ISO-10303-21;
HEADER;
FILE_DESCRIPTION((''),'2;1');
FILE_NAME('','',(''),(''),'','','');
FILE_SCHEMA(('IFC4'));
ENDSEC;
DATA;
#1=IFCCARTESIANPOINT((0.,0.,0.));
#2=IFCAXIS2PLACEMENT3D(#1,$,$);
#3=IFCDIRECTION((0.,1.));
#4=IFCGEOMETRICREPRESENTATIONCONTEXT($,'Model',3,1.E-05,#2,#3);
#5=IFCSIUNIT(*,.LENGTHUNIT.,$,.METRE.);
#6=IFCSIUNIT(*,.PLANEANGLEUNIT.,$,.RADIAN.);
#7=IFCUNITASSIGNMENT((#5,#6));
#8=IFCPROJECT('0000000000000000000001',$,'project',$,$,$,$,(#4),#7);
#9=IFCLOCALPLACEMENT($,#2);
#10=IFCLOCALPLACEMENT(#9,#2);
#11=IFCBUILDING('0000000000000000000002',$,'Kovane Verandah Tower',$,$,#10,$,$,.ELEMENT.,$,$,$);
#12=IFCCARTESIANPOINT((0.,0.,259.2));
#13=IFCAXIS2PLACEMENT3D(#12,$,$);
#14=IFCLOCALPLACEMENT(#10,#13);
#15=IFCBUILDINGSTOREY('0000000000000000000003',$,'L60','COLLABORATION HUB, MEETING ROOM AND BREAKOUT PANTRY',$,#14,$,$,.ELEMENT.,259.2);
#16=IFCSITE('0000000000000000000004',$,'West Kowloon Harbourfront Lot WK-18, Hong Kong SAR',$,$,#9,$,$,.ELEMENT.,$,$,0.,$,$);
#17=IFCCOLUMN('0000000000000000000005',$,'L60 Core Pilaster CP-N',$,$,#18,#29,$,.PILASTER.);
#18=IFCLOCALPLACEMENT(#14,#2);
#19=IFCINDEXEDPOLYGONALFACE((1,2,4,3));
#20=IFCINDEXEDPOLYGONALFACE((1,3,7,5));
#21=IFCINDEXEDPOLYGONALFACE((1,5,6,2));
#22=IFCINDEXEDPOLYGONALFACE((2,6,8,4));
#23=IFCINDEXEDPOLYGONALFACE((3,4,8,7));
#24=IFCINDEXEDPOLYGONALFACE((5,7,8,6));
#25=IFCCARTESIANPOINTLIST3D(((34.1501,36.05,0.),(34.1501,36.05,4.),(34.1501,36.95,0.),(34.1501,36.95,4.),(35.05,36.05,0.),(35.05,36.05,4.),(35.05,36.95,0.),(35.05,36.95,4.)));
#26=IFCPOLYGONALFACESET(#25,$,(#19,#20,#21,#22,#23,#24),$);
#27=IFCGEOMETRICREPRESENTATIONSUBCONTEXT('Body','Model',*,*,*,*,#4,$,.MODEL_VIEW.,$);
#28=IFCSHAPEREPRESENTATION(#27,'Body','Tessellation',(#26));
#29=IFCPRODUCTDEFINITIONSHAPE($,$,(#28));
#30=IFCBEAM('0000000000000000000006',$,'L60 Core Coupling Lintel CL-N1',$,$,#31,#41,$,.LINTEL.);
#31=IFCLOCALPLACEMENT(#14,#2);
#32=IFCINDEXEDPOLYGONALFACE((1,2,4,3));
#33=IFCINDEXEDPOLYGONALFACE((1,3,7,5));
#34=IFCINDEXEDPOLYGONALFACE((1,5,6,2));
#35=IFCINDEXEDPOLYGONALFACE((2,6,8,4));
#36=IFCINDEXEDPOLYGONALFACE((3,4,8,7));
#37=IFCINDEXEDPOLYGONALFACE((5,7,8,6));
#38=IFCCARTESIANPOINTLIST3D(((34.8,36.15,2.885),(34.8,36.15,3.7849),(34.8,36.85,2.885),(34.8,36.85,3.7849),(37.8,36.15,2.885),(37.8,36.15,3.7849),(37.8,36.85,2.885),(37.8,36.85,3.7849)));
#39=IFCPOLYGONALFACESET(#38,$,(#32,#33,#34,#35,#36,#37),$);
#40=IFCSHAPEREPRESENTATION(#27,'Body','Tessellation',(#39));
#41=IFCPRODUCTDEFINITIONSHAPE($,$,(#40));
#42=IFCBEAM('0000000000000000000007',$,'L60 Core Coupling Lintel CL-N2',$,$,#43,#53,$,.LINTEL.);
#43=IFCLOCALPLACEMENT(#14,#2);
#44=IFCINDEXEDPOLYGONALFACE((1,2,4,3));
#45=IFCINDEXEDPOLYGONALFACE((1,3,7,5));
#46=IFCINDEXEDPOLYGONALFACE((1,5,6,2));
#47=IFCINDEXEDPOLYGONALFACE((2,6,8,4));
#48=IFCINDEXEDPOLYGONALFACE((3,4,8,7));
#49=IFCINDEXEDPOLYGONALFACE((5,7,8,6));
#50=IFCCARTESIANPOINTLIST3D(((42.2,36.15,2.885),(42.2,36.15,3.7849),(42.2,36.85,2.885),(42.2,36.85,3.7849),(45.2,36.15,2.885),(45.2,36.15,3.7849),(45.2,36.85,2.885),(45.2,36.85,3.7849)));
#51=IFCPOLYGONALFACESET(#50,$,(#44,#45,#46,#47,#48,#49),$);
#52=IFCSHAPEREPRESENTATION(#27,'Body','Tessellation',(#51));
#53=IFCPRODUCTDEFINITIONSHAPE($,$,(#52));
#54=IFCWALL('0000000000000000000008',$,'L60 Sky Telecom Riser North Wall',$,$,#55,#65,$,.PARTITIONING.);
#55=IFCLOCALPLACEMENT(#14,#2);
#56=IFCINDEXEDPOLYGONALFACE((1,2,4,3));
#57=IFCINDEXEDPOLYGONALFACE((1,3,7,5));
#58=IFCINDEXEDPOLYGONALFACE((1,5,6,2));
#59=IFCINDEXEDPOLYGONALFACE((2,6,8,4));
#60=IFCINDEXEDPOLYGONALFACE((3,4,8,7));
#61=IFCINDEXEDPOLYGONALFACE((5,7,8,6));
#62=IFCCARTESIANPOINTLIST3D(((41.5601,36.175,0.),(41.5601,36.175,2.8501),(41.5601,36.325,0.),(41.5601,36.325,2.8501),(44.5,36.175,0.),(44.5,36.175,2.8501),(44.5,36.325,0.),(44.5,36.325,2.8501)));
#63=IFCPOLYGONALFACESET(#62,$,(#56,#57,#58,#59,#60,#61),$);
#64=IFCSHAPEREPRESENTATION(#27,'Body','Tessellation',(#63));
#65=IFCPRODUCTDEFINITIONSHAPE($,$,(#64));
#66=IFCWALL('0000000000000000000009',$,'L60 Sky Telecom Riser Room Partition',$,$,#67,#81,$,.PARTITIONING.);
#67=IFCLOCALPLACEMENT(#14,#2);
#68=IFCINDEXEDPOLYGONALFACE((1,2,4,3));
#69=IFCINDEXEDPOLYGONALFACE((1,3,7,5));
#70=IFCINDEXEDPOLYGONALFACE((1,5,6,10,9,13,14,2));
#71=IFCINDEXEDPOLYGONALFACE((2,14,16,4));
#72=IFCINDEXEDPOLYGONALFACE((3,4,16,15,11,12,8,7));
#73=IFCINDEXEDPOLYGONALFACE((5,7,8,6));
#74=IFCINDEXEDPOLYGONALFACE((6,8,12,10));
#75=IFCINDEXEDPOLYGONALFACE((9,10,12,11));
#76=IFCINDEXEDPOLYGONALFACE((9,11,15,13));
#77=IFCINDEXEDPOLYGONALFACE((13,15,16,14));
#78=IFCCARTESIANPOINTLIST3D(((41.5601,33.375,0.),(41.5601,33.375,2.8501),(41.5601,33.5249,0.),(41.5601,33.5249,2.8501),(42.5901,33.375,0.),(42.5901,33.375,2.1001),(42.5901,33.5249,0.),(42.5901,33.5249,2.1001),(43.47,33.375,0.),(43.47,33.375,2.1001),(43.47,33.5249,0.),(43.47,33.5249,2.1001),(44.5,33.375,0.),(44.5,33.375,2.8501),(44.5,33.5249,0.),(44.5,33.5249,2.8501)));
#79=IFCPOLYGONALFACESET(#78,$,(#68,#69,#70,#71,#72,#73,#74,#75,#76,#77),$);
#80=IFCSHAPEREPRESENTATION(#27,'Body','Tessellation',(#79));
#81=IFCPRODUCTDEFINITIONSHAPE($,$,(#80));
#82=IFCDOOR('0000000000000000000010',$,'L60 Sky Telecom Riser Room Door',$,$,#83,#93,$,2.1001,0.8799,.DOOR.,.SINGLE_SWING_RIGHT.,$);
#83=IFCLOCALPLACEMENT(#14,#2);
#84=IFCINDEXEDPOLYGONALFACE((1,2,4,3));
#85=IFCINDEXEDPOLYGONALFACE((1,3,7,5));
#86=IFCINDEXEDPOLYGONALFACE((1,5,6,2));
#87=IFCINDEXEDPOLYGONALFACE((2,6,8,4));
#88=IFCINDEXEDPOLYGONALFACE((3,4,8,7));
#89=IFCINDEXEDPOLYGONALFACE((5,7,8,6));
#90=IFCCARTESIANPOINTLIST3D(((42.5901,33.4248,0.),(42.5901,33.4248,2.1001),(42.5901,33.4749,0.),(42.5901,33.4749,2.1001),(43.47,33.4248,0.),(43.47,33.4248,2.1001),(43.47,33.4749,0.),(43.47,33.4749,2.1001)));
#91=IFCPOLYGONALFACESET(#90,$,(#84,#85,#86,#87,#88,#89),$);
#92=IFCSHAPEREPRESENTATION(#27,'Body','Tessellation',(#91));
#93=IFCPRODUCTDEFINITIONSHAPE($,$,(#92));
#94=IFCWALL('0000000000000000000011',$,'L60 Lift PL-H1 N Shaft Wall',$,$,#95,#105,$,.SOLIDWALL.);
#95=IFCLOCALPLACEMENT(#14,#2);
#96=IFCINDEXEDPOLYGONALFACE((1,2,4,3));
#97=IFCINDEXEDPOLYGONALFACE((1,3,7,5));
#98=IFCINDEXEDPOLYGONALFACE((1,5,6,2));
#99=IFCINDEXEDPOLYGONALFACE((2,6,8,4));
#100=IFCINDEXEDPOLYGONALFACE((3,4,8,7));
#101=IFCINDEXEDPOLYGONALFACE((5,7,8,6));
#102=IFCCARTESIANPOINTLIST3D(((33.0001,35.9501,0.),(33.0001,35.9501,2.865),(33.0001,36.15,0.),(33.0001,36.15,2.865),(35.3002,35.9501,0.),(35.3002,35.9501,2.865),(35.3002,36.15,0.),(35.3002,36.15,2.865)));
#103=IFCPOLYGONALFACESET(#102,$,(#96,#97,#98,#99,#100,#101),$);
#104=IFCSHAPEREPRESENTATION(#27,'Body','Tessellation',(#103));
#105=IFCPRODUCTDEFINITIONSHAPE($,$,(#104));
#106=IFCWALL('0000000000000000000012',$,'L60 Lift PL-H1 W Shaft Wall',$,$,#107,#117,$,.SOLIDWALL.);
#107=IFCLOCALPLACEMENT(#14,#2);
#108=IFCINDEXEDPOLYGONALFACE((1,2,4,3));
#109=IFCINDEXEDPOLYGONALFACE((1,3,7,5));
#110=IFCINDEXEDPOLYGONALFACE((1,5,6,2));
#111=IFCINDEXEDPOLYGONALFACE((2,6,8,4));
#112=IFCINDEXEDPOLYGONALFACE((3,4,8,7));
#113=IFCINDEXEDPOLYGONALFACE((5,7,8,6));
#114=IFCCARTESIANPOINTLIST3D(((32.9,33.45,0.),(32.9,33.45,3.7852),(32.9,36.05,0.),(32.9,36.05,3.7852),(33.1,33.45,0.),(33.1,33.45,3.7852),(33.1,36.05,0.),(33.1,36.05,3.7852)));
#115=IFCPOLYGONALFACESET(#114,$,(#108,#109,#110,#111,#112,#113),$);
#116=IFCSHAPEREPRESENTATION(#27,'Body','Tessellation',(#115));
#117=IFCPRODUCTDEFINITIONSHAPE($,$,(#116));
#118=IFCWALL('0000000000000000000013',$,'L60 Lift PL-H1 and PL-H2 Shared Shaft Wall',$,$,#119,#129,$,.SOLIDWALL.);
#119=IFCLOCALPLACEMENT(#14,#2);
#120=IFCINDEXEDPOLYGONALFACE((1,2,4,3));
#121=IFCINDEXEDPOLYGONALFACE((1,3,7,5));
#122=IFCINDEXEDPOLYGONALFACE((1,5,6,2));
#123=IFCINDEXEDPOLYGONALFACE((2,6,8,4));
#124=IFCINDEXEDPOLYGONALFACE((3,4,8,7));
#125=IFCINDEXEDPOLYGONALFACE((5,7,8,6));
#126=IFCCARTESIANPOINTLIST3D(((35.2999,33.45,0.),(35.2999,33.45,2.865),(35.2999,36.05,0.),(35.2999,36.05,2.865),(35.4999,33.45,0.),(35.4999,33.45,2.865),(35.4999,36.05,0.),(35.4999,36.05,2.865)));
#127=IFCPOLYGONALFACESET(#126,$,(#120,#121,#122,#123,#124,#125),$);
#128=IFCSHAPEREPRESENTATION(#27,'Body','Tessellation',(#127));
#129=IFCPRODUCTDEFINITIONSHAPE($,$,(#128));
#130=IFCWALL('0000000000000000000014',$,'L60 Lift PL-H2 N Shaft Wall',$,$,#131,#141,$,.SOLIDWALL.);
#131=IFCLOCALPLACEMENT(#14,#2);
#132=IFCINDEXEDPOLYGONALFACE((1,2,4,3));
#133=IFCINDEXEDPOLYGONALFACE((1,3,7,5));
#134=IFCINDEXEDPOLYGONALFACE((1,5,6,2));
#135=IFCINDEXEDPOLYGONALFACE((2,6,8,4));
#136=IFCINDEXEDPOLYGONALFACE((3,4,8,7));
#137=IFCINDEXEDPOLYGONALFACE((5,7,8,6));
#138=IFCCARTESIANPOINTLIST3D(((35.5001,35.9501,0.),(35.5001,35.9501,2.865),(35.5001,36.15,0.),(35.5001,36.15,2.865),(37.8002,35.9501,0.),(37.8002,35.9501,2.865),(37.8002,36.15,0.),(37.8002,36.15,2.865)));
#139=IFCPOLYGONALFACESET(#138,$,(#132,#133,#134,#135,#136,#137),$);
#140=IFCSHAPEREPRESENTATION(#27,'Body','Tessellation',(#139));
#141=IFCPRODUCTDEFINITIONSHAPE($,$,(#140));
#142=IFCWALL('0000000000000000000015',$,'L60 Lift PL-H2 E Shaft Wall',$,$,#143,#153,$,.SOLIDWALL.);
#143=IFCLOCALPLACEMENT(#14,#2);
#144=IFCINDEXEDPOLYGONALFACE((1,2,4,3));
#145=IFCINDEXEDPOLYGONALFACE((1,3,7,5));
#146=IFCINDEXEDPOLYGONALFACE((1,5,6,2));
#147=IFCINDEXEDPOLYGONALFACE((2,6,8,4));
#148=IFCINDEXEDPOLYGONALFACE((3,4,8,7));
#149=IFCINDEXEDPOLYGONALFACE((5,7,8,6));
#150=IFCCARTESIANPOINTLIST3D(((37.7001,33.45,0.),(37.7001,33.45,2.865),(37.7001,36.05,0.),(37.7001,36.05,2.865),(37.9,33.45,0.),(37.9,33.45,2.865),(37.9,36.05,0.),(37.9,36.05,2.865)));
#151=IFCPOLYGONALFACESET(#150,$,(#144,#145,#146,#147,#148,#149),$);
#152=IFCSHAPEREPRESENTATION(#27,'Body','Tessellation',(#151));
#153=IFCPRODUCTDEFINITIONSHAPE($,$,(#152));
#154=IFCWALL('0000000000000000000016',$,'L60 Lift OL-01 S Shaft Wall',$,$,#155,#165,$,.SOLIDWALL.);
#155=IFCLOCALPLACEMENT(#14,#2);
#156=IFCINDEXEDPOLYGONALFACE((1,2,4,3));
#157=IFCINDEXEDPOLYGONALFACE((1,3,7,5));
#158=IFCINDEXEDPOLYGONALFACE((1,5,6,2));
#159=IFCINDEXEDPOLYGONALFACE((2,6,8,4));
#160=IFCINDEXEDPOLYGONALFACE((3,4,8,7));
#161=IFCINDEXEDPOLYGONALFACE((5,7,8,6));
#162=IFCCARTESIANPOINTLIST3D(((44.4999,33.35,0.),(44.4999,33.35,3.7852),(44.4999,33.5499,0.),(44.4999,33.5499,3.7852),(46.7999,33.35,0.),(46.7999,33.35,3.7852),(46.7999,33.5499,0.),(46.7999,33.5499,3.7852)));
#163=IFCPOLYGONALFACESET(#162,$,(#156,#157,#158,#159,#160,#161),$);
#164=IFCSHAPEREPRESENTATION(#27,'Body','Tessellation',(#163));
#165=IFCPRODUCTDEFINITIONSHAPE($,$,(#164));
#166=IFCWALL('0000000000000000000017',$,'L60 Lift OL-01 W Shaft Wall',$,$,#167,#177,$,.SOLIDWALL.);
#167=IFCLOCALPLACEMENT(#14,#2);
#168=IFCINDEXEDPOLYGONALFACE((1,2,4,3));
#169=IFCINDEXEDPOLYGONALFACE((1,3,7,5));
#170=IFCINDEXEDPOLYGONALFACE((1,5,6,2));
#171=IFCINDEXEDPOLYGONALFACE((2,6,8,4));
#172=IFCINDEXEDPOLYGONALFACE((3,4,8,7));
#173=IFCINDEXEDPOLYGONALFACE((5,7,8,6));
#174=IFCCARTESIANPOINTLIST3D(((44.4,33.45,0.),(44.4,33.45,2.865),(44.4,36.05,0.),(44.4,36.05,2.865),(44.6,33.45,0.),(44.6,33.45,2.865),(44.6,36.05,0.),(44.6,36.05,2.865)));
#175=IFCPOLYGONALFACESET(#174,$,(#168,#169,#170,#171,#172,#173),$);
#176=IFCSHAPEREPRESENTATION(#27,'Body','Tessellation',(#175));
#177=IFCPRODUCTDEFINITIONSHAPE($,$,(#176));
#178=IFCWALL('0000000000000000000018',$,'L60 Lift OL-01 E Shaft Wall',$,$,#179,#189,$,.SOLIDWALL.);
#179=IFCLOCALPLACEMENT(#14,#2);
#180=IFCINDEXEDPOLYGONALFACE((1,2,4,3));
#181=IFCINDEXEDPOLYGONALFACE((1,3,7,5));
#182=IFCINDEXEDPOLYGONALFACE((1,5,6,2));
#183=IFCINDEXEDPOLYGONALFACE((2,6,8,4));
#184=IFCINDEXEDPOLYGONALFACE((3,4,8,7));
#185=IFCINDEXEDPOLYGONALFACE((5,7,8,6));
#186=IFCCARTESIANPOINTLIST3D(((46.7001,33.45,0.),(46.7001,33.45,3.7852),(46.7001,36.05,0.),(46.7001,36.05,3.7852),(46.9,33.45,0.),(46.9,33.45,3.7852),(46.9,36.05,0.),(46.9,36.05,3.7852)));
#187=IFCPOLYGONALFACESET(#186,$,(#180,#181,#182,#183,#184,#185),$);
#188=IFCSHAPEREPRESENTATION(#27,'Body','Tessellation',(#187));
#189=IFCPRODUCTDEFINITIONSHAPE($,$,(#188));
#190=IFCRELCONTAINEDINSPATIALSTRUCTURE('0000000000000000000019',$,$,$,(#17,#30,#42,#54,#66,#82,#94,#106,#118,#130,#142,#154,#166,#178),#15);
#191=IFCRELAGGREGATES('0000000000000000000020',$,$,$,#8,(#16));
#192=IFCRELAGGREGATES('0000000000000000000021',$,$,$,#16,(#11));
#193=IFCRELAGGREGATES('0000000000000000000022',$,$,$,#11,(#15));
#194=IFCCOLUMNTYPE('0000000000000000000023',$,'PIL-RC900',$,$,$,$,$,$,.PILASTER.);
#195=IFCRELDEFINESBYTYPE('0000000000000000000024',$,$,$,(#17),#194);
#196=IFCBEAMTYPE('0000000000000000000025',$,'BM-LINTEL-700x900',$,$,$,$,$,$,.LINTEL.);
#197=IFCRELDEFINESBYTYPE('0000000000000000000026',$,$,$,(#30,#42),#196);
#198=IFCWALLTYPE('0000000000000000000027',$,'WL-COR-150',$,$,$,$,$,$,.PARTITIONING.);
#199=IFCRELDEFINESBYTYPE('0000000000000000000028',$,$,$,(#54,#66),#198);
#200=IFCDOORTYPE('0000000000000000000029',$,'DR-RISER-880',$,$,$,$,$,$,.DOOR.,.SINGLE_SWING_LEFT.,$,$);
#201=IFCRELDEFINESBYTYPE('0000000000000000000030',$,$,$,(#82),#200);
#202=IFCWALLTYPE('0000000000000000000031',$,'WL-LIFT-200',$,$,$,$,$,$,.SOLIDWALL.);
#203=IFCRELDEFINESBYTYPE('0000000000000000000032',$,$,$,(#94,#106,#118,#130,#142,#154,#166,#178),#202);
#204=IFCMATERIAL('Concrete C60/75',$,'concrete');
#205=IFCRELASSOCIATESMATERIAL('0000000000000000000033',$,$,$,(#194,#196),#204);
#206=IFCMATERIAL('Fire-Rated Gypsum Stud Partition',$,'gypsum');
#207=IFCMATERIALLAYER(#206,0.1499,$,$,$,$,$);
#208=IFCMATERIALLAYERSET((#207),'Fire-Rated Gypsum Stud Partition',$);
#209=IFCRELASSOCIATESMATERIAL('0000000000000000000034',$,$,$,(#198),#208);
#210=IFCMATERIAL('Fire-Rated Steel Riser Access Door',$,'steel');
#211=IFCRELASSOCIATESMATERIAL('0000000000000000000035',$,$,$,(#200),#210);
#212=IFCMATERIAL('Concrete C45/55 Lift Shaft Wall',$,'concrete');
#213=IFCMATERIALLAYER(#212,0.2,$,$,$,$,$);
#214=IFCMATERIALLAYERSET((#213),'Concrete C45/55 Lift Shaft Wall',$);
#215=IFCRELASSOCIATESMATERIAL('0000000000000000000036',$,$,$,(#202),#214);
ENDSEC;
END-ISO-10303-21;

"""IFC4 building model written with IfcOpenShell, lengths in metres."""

from ifc_helpers import new_model, si_unit, direction, frame, frame_2d, origin, origin_2d, place, context, subcontext, project, spatial, rectangle, extrude, material, layer, layer_set, material_profile, profile_set, type_object, element, fill, save


model = new_model("IFC4")

# Units and contexts
model_context = context("Model", 3, precision=1e-05, world=origin(), true_north=direction((0.0, 1.0)))
body_context = subcontext(model_context, "Body", "Model", "MODEL_VIEW")
ifc_project = project(units=[si_unit("LENGTHUNIT", "METRE"), si_unit("PLANEANGLEUNIT", "RADIAN")], contexts=[model_context])

# Site, building, storey
site_placement = place(None, origin())
site = spatial("IfcSite", under=ifc_project, at=site_placement, Name="West Kowloon Harbourfront Lot WK-18, Hong Kong SAR", CompositionType="ELEMENT", RefElevation=0.0)
building_placement = place(site_placement, origin())
building = spatial("IfcBuilding", under=site, at=building_placement, Name="Kovane Verandah Tower", CompositionType="ELEMENT")
storey_placement = place(building_placement, frame((0.0, 0.0, 259.2)))
storey = spatial("IfcBuildingStorey", under=building, at=storey_placement, Name="L60", Description="COLLABORATION HUB, MEETING ROOM AND BREAKOUT PANTRY", CompositionType="ELEMENT", Elevation=259.2)

# Column
ifc_material_1 = material(Name="Concrete C60/75", Category="concrete")
ifc_material_profile_1 = material_profile(ifc_material_1, rectangle(XDim=0.8999, YDim=0.8999, at=origin_2d()), Name="RC900x900")
ifc_profile_set_1 = profile_set([ifc_material_profile_1], Name="Concrete C60/75")
column_type = type_object("IfcColumnType", Name="PIL-RC900", PredefinedType="PILASTER", material=ifc_profile_set_1)
column_placement = place(storey_placement, frame((34.6001, 36.5, 0.0), z_axis=(0.0, 0.0, 1.0), x_axis=(1.0, 0.0, 0.0)))
element("IfcColumn", 1, at=column_placement, inside=storey, type_object=column_type, Name="L60 Core Pilaster CP-N", PredefinedType="PILASTER", context=body_context, shape_type="SweptSolid", body=[
    extrude(rectangle(XDim=0.8999, YDim=0.8999, at=origin_2d()), origin(), (0.0, 0.0, 1.0), 4.0),
])

# Beams
ifc_material_profile_2 = material_profile(ifc_material_1, rectangle(XDim=0.7, YDim=0.8999, at=origin_2d()), Name="RCB700x900")
ifc_profile_set_2 = profile_set([ifc_material_profile_2], Name="Concrete C60/75")
beam_type = type_object("IfcBeamType", Name="BM-LINTEL-700x900", PredefinedType="LINTEL", material=ifc_profile_set_2)
for number, where, z_axis, x_axis, name in (
    (2, (34.8, 36.5, 3.335), (1.0, 0.0, 0.0), (0.0, 1.0, 0.0), "L60 Core Coupling Lintel CL-N1"),
    (3, (42.2, 36.5, 3.335), (1.0, 0.0, 0.0), (0.0, 1.0, 0.0), "L60 Core Coupling Lintel CL-N2"),
):
    element("IfcBeam", number, at=place(storey_placement, frame(where, z_axis=z_axis, x_axis=x_axis)), inside=storey, type_object=beam_type, Name=name, PredefinedType="LINTEL", context=body_context, shape_type="SweptSolid", body=[
        extrude(rectangle(XDim=0.7, YDim=0.8999, at=origin_2d()), origin(), (0.0, 0.0, 1.0), 3.0),
    ])

# Wall
ifc_material_2 = material(Name="Fire-Rated Gypsum Stud Partition", Category="gypsum")
ifc_layer_1 = layer(ifc_material_2, 0.1499)
ifc_layer_set_1 = layer_set([ifc_layer_1], Name="Fire-Rated Gypsum Stud Partition")
wall_type_1 = type_object("IfcWallType", Name="WL-COR-150", PredefinedType="PARTITIONING", material=ifc_layer_set_1)
wall_1_placement = place(storey_placement, frame((41.5601, 36.25, 0.0), z_axis=(0.0, 0.0, 1.0), x_axis=(1.0, 0.0, 0.0)))
element("IfcWall", 4, at=wall_1_placement, inside=storey, type_object=wall_type_1, Name="L60 Sky Telecom Riser North Wall", PredefinedType="PARTITIONING", context=body_context, shape_type="SweptSolid", body=[
    extrude(rectangle(XDim=2.9399, YDim=0.1499, at=frame_2d((1.47, 0.0))), origin(), (0.0, 0.0, 1.0), 2.8501),
])

# Wall, opening, door
wall_2_placement = place(storey_placement, frame((41.5601, 33.45, 0.0), z_axis=(0.0, 0.0, 1.0), x_axis=(1.0, 0.0, 0.0)))
wall_2 = element("IfcWall", 5, at=wall_2_placement, inside=storey, type_object=wall_type_1, Name="L60 Sky Telecom Riser Room Partition", PredefinedType="PARTITIONING", context=body_context, shape_type="SweptSolid", body=[
    extrude(rectangle(XDim=2.9399, YDim=0.1499, at=frame_2d((1.47, 0.0))), origin(), (0.0, 0.0, 1.0), 2.8501),
])
opening_1_placement = place(wall_2_placement, frame((1.03, 0.0, 0.0)))
opening_1 = element("IfcOpeningElement", 6, at=opening_1_placement, cuts=wall_2, PredefinedType="OPENING", context=body_context, shape_type="SweptSolid", body=[
    extrude(rectangle(XDim=0.8799, YDim=2.1001, at=frame_2d((0.4399, 1.05))), frame((0.0, 0.075, 0.0), z_axis=(0.0, -1.0, 0.0), x_axis=(1.0, 0.0, 0.0)), (0.0, 0.0, 1.0), 0.1499),
])
ifc_material_3 = material(Name="Fire-Rated Steel Riser Access Door", Category="steel")
door_type_1 = type_object("IfcDoorType", Name="DR-RISER-880", OperationType="SINGLE_SWING_LEFT", PredefinedType="DOOR", material=ifc_material_3)
door_1_placement = place(opening_1_placement, origin())
door_1 = element("IfcDoor", 7, at=door_1_placement, inside=storey, type_object=door_type_1, Name="L60 Sky Telecom Riser Room Door", OperationType="SINGLE_SWING_RIGHT", OverallHeight=2.1001, OverallWidth=0.8799, PredefinedType="DOOR", context=body_context, shape_type="SweptSolid", body=[
    extrude(rectangle(XDim=0.8799, YDim=2.1001, at=frame_2d((0.4399, 1.05))), frame((0.0, 0.0249, 0.0), z_axis=(0.0, -1.0, 0.0), x_axis=(1.0, 0.0, 0.0)), (0.0, 0.0, 1.0), 0.05),
])
fill(opening_1, door_1)
ifc_material_4 = material(Name="Concrete C45/55 Lift Shaft Wall", Category="concrete")
ifc_layer_2 = layer(ifc_material_4, 0.2)
ifc_layer_set_2 = layer_set([ifc_layer_2], Name="Concrete C45/55 Lift Shaft Wall")
wall_type_2 = type_object("IfcWallType", Name="WL-LIFT-200", PredefinedType="SOLIDWALL", material=ifc_layer_set_2)

# Walls
wall_3_placement = place(storey_placement, frame((35.3, 36.05, 0.0), z_axis=(0.0, 0.0, 1.0), x_axis=(-1.0, 0.0, 0.0)))
element("IfcWall", 8, at=wall_3_placement, inside=storey, type_object=wall_type_2, Name="L60 Lift PL-H1 N Shaft Wall", PredefinedType="SOLIDWALL", context=body_context, shape_type="SweptSolid", body=[
    extrude(rectangle(XDim=2.3, YDim=0.2, at=frame_2d((1.1499, 0.0))), origin(), (0.0, 0.0, 1.0), 2.865),
])
wall_4_placement = place(storey_placement, frame((33.0, 36.05, 0.0), z_axis=(0.0, 0.0, 1.0), x_axis=(0.0, -1.0, 0.0)))
element("IfcWall", 9, at=wall_4_placement, inside=storey, type_object=wall_type_2, Name="L60 Lift PL-H1 W Shaft Wall", PredefinedType="SOLIDWALL", context=body_context, shape_type="SweptSolid", body=[
    extrude(rectangle(XDim=2.6001, YDim=0.2, at=frame_2d((1.3, 0.0))), origin(), (0.0, 0.0, 1.0), 3.7852),
])
wall_5_placement = place(storey_placement, frame((35.3999, 33.45, 0.0), z_axis=(0.0, 0.0, 1.0), x_axis=(0.0, 1.0, 0.0)))
element("IfcWall", 10, at=wall_5_placement, inside=storey, type_object=wall_type_2, Name="L60 Lift PL-H1 and PL-H2 Shared Shaft Wall", PredefinedType="SOLIDWALL", context=body_context, shape_type="SweptSolid", body=[
    extrude(rectangle(XDim=2.6001, YDim=0.2, at=frame_2d((1.3, 0.0))), origin(), (0.0, 0.0, 1.0), 2.865),
])

# Walls
wall_6_placement = place(storey_placement, frame((37.8, 36.05, 0.0), z_axis=(0.0, 0.0, 1.0), x_axis=(-1.0, 0.0, 0.0)))
element("IfcWall", 11, at=wall_6_placement, inside=storey, type_object=wall_type_2, Name="L60 Lift PL-H2 N Shaft Wall", PredefinedType="SOLIDWALL", context=body_context, shape_type="SweptSolid", body=[
    extrude(rectangle(XDim=2.3, YDim=0.2, at=frame_2d((1.1499, 0.0))), origin(), (0.0, 0.0, 1.0), 2.865),
])
wall_7_placement = place(storey_placement, frame((37.8, 33.45, 0.0), z_axis=(0.0, 0.0, 1.0), x_axis=(0.0, 1.0, 0.0)))
element("IfcWall", 12, at=wall_7_placement, inside=storey, type_object=wall_type_2, Name="L60 Lift PL-H2 E Shaft Wall", PredefinedType="SOLIDWALL", context=body_context, shape_type="SweptSolid", body=[
    extrude(rectangle(XDim=2.6001, YDim=0.2, at=frame_2d((1.3, 0.0))), origin(), (0.0, 0.0, 1.0), 2.865),
])
wall_8_placement = place(storey_placement, frame((44.5, 33.45, 0.0), z_axis=(0.0, 0.0, 1.0), x_axis=(1.0, 0.0, 0.0)))
element("IfcWall", 13, at=wall_8_placement, inside=storey, type_object=wall_type_2, Name="L60 Lift OL-01 S Shaft Wall", PredefinedType="SOLIDWALL", context=body_context, shape_type="SweptSolid", body=[
    extrude(rectangle(XDim=2.3, YDim=0.2, at=frame_2d((1.1499, 0.0))), origin(), (0.0, 0.0, 1.0), 3.7852),
])
wall_9_placement = place(storey_placement, frame((44.5, 36.05, 0.0), z_axis=(0.0, 0.0, 1.0), x_axis=(0.0, -1.0, 0.0)))
element("IfcWall", 14, at=wall_9_placement, inside=storey, type_object=wall_type_2, Name="L60 Lift OL-01 W Shaft Wall", PredefinedType="SOLIDWALL", context=body_context, shape_type="SweptSolid", body=[
    extrude(rectangle(XDim=2.6001, YDim=0.2, at=frame_2d((1.3, 0.0))), origin(), (0.0, 0.0, 1.0), 2.865),
])
wall_10_placement = place(storey_placement, frame((46.8, 33.45, 0.0), z_axis=(0.0, 0.0, 1.0), x_axis=(0.0, 1.0, 0.0)))
element("IfcWall", 15, at=wall_10_placement, inside=storey, type_object=wall_type_2, Name="L60 Lift OL-01 E Shaft Wall", PredefinedType="SOLIDWALL", context=body_context, shape_type="SweptSolid", body=[
    extrude(rectangle(XDim=2.6001, YDim=0.2, at=frame_2d((1.3, 0.0))), origin(), (0.0, 0.0, 1.0), 3.7852),
])

save(model, "model.ifc")
